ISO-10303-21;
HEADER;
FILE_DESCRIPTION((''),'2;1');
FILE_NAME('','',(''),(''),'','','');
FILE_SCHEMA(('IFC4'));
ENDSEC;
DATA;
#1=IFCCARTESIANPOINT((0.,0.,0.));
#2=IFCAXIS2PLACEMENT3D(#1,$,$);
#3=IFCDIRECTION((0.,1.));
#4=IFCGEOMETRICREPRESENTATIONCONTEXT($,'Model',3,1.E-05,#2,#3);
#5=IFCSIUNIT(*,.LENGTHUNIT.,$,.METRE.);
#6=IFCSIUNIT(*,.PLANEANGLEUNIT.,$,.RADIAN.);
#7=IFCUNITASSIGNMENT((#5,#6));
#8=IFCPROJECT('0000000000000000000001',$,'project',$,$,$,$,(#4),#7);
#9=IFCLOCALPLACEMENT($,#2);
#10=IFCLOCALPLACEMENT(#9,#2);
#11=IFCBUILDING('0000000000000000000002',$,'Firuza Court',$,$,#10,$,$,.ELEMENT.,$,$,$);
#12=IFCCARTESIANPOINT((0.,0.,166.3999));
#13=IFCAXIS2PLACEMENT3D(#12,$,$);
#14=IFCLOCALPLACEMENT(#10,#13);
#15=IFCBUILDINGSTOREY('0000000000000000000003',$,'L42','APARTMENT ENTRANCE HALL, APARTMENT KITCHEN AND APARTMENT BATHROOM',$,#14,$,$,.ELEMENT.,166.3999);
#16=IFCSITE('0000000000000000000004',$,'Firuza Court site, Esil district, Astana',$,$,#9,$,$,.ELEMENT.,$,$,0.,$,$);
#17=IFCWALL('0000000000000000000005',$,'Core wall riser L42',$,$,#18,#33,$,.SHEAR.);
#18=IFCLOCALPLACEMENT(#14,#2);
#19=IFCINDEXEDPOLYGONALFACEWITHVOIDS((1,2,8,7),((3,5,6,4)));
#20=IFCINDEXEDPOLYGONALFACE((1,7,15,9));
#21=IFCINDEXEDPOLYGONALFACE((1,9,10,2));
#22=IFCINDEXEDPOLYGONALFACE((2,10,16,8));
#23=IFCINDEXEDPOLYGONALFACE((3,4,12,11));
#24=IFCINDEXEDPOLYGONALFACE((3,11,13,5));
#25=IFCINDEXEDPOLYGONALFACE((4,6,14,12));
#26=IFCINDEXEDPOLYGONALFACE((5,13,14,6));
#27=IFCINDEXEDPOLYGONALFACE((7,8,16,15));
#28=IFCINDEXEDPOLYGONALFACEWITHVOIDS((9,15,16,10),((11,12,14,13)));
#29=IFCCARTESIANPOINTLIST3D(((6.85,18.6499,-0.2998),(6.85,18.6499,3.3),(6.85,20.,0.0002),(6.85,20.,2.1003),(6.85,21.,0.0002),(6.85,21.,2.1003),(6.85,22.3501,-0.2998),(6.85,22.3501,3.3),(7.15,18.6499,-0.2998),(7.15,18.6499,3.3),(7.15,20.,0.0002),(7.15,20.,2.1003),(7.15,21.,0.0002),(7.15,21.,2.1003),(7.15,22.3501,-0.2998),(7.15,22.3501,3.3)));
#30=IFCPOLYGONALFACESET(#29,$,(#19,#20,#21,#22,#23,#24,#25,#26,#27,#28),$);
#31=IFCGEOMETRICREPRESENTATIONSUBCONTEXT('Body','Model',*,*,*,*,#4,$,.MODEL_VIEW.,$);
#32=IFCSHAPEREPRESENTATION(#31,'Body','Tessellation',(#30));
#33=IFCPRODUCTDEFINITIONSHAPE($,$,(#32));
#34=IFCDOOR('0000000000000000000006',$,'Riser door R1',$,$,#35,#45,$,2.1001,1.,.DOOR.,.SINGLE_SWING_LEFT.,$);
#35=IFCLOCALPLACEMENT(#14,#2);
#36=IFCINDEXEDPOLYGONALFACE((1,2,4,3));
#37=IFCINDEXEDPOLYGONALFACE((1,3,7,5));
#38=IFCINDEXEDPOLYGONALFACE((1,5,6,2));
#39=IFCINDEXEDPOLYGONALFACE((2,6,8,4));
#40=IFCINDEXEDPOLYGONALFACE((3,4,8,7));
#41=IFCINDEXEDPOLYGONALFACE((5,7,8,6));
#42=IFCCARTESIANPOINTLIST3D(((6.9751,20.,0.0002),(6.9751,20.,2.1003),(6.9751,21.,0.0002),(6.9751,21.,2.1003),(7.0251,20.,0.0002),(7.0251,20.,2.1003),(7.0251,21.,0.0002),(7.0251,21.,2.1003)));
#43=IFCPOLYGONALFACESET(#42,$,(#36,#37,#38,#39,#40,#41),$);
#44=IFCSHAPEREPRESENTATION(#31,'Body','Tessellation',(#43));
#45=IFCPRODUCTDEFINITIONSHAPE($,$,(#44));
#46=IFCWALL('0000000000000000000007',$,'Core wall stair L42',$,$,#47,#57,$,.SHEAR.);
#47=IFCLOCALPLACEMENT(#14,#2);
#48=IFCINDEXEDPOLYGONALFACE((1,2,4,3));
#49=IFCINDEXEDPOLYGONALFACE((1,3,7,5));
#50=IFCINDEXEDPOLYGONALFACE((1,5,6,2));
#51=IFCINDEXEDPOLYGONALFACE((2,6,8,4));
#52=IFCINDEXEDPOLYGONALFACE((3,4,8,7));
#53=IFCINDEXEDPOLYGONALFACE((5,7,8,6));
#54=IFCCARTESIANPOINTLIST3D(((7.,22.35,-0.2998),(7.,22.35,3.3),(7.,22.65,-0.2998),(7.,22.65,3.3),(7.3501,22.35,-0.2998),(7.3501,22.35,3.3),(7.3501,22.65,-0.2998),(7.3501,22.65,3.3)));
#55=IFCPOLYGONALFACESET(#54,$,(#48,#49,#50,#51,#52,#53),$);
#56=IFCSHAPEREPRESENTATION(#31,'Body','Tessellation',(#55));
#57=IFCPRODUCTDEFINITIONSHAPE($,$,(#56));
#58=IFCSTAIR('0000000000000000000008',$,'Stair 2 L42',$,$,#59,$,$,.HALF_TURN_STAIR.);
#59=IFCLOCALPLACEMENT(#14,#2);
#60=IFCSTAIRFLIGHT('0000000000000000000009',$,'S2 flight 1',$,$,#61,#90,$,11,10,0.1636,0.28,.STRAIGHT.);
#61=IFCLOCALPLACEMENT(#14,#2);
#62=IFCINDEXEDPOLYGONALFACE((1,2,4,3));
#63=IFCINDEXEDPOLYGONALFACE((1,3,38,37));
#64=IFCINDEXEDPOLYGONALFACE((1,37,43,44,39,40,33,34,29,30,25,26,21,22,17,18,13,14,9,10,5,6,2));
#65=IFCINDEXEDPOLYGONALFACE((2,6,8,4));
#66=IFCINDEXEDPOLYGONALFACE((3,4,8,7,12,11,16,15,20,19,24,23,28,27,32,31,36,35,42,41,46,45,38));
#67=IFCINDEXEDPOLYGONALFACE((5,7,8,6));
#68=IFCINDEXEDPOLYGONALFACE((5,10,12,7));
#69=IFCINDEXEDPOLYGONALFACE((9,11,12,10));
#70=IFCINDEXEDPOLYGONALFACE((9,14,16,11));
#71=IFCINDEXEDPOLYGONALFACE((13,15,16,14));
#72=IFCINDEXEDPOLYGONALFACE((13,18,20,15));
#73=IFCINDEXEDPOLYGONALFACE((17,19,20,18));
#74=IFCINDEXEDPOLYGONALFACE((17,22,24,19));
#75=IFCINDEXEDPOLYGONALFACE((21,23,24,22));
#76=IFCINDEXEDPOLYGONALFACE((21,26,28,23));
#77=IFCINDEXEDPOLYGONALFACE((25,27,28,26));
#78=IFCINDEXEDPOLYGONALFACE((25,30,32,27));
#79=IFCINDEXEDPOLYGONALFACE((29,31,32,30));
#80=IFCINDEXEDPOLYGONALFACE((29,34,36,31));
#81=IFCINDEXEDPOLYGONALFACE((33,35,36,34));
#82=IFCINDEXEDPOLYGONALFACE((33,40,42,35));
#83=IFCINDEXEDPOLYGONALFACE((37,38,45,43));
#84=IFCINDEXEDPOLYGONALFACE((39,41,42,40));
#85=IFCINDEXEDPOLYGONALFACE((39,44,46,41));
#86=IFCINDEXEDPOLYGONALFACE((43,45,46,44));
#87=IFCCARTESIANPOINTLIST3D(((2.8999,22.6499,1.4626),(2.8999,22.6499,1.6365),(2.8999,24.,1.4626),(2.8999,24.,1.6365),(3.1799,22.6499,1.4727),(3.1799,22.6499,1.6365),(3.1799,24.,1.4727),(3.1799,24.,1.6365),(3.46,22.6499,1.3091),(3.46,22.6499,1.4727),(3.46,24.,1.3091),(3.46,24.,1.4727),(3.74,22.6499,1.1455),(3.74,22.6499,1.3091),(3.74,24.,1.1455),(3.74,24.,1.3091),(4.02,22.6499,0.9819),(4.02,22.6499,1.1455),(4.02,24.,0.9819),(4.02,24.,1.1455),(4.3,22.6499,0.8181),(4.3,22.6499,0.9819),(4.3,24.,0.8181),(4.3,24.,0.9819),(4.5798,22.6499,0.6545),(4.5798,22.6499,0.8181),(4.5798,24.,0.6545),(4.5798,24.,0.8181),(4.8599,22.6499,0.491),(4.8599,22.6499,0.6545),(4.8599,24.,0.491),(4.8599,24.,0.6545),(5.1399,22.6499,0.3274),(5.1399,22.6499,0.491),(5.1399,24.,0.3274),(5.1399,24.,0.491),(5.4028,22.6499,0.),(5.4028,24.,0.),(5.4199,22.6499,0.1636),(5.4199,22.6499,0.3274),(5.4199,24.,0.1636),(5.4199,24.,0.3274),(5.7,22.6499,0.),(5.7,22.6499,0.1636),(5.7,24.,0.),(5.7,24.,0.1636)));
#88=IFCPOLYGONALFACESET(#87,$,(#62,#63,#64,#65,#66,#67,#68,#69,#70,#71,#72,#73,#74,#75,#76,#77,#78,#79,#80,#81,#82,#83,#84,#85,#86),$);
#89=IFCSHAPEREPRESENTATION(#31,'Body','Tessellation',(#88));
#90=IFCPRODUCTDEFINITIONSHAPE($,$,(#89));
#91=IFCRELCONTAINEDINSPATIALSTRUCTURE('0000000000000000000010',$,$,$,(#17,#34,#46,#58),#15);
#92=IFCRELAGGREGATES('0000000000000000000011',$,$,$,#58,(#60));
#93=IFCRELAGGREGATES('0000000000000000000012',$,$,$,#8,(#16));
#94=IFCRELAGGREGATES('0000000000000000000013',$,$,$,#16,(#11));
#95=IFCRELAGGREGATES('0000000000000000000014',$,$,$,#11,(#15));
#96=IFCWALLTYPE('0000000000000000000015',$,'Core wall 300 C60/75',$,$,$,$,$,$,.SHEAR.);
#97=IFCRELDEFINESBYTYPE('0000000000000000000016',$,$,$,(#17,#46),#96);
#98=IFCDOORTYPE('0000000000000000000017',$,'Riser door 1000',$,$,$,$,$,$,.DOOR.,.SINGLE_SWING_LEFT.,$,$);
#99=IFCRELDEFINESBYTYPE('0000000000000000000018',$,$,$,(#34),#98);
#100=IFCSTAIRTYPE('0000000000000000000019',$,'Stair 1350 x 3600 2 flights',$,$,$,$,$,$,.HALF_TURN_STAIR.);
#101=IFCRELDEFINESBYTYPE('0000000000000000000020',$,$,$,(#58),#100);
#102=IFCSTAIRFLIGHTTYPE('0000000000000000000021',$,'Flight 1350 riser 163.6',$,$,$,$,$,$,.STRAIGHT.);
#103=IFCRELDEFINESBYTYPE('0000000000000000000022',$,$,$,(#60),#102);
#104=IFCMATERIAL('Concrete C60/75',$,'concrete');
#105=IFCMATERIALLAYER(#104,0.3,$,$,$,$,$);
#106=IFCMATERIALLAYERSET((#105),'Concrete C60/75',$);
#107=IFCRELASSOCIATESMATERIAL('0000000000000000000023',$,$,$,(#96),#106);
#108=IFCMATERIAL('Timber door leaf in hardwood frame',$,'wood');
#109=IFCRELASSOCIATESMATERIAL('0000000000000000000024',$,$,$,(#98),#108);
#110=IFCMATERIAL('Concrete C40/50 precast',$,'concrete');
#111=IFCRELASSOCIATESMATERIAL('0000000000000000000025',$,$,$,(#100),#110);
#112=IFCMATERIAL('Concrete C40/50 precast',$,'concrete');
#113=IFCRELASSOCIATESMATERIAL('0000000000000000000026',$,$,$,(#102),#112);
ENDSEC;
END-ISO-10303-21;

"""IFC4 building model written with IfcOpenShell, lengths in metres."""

from ifc_helpers import new_model, si_unit, direction, frame, frame_2d, origin, place, context, subcontext, project, spatial, polyline, rectangle, outline, extrude, material, layer, layer_set, type_object, element, fill, aggregate, save


model = new_model("IFC4")

# Units and contexts
model_context = context("Model", 3, precision=1e-05, world=origin(), true_north=direction((0.0, 1.0)))
body_context = subcontext(model_context, "Body", "Model", "MODEL_VIEW")
ifc_project = project(units=[si_unit("LENGTHUNIT", "METRE"), si_unit("PLANEANGLEUNIT", "RADIAN")], contexts=[model_context])

# Site, building, storey
site_placement = place(None, origin())
site = spatial("IfcSite", under=ifc_project, at=site_placement, Name="Firuza Court site, Esil district, Astana", CompositionType="ELEMENT", RefElevation=0.0)
building_placement = place(site_placement, origin())
building = spatial("IfcBuilding", under=site, at=building_placement, Name="Firuza Court", CompositionType="ELEMENT")
storey_placement = place(building_placement, frame((0.0, 0.0, 166.3999)))
storey = spatial("IfcBuildingStorey", under=building, at=storey_placement, Name="L42", Description="APARTMENT ENTRANCE HALL, APARTMENT KITCHEN AND APARTMENT BATHROOM", CompositionType="ELEMENT", Elevation=166.3999)

# Wall, opening, door
ifc_material_1 = material(Name="Concrete C60/75", Category="concrete")
ifc_layer_1 = layer(ifc_material_1, 0.3)
ifc_layer_set_1 = layer_set([ifc_layer_1], Name="Concrete C60/75")
wall_type_1 = type_object("IfcWallType", Name="Core wall 300 C60/75", PredefinedType="SHEAR", material=ifc_layer_set_1)
wall_1_placement = place(storey_placement, frame((7.0, 18.6499, -0.2998), z_axis=(0.0, 0.0, 1.0), x_axis=(0.0, 1.0, 0.0)))
wall_1 = element("IfcWall", 1, at=wall_1_placement, inside=storey, type_object=wall_type_1, Name="Core wall riser L42", PredefinedType="SHEAR", context=body_context, shape_type="SweptSolid", body=[
    extrude(rectangle(XDim=3.7002, YDim=0.3, at=frame_2d((1.8501, 0.0))), origin(), (0.0, 0.0, 1.0), 3.5999),
])
opening_1_placement = place(wall_1_placement, frame((1.3501, 0.0, 0.3)))
opening_1 = element("IfcOpeningElement", 2, at=opening_1_placement, cuts=wall_1, PredefinedType="OPENING", context=body_context, shape_type="SweptSolid", body=[
    extrude(rectangle(XDim=1.0, YDim=2.1001, at=frame_2d((0.5, 1.05))), frame((0.0, 0.1621, 0.0), z_axis=(0.0, -1.0, 0.0), x_axis=(1.0, 0.0, 0.0)), (0.0, 0.0, 1.0), 0.324),
])
ifc_material_2 = material(Name="Timber door leaf in hardwood frame", Category="wood")
door_type_1 = type_object("IfcDoorType", Name="Riser door 1000", OperationType="SINGLE_SWING_LEFT", PredefinedType="DOOR", material=ifc_material_2)
door_1_placement = place(opening_1_placement, origin())
door_1 = element("IfcDoor", 3, at=door_1_placement, inside=storey, type_object=door_type_1, Name="Riser door R1", OperationType="SINGLE_SWING_LEFT", OverallHeight=2.1001, OverallWidth=1.0, PredefinedType="DOOR", context=body_context, shape_type="SweptSolid", body=[
    extrude(rectangle(XDim=1.0, YDim=2.1001, at=frame_2d((0.5, 1.05))), frame((0.0, 0.0249, 0.0), z_axis=(0.0, -1.0, 0.0), x_axis=(1.0, 0.0, 0.0)), (0.0, 0.0, 1.0), 0.05),
])
fill(opening_1, door_1)

# Wall
wall_2_placement = place(storey_placement, frame((7.0, 22.5, -0.2998), z_axis=(0.0, 0.0, 1.0), x_axis=(1.0, 0.0, 0.0)))
element("IfcWall", 4, at=wall_2_placement, inside=storey, type_object=wall_type_1, Name="Core wall stair L42", PredefinedType="SHEAR", context=body_context, shape_type="SweptSolid", body=[
    extrude(rectangle(XDim=0.3501, YDim=0.3, at=frame_2d((0.175, 0.0))), origin(), (0.0, 0.0, 1.0), 3.5999),
])

# Stair, stair flight
ifc_material_3 = material(Name="Concrete C40/50 precast", Category="concrete")
stair_type = type_object("IfcStairType", Name="Stair 1350 x 3600 2 flights", PredefinedType="HALF_TURN_STAIR", material=ifc_material_3)
stair_placement = place(storey_placement, origin())
stair = element("IfcStair", 5, at=stair_placement, inside=storey, type_object=stair_type, Name="Stair 2 L42", PredefinedType="HALF_TURN_STAIR")
ifc_material_4 = material(Name="Concrete C40/50 precast", Category="concrete")
stair_flight_type = type_object("IfcStairFlightType", Name="Flight 1350 riser 163.6", PredefinedType="STRAIGHT", material=ifc_material_4)
stair_flight_placement = place(storey_placement, frame((5.7, 23.325, 0.0), z_axis=(0.0, 0.0, 1.0), x_axis=(-1.0, 0.0, 0.0)))
stair_flight = element("IfcStairFlight", 6, at=stair_flight_placement, type_object=stair_flight_type, Name="S2 flight 1", NumberOfRisers=11, NumberOfTreads=10, PredefinedType="STRAIGHT", RiserHeight=0.1636, TreadLength=0.28, context=body_context, shape_type="SweptSolid", body=[
    extrude(outline(polyline([(0.0, 0.0), (0.0, 0.1636), (0.28, 0.1636), (0.28, 0.3274), (0.5601, 0.3274), (0.5601, 0.491), (0.8401, 0.491), (0.8401, 0.6545), (1.1201, 0.6545), (1.1201, 0.8181), (1.3999, 0.8181), (1.3999, 0.9819), (1.6799, 0.9819), (1.6799, 1.1455), (1.96, 1.1455), (1.96, 1.3091), (2.24, 1.3091), (2.24, 1.4727), (2.52, 1.4727), (2.52, 1.6365), (2.8, 1.6365), (2.8, 1.8), (2.8, 1.4626), (0.2971, 0.0), (0.0, 0.0)])), frame((0.0, 0.675, 0.0), z_axis=(0.0, -1.0, 0.0), x_axis=(1.0, 0.0, 0.0)), (0.0, 0.0, 1.0), 1.3501),
])
aggregate(stair, [stair_flight])

save(model, "model.ifc")
